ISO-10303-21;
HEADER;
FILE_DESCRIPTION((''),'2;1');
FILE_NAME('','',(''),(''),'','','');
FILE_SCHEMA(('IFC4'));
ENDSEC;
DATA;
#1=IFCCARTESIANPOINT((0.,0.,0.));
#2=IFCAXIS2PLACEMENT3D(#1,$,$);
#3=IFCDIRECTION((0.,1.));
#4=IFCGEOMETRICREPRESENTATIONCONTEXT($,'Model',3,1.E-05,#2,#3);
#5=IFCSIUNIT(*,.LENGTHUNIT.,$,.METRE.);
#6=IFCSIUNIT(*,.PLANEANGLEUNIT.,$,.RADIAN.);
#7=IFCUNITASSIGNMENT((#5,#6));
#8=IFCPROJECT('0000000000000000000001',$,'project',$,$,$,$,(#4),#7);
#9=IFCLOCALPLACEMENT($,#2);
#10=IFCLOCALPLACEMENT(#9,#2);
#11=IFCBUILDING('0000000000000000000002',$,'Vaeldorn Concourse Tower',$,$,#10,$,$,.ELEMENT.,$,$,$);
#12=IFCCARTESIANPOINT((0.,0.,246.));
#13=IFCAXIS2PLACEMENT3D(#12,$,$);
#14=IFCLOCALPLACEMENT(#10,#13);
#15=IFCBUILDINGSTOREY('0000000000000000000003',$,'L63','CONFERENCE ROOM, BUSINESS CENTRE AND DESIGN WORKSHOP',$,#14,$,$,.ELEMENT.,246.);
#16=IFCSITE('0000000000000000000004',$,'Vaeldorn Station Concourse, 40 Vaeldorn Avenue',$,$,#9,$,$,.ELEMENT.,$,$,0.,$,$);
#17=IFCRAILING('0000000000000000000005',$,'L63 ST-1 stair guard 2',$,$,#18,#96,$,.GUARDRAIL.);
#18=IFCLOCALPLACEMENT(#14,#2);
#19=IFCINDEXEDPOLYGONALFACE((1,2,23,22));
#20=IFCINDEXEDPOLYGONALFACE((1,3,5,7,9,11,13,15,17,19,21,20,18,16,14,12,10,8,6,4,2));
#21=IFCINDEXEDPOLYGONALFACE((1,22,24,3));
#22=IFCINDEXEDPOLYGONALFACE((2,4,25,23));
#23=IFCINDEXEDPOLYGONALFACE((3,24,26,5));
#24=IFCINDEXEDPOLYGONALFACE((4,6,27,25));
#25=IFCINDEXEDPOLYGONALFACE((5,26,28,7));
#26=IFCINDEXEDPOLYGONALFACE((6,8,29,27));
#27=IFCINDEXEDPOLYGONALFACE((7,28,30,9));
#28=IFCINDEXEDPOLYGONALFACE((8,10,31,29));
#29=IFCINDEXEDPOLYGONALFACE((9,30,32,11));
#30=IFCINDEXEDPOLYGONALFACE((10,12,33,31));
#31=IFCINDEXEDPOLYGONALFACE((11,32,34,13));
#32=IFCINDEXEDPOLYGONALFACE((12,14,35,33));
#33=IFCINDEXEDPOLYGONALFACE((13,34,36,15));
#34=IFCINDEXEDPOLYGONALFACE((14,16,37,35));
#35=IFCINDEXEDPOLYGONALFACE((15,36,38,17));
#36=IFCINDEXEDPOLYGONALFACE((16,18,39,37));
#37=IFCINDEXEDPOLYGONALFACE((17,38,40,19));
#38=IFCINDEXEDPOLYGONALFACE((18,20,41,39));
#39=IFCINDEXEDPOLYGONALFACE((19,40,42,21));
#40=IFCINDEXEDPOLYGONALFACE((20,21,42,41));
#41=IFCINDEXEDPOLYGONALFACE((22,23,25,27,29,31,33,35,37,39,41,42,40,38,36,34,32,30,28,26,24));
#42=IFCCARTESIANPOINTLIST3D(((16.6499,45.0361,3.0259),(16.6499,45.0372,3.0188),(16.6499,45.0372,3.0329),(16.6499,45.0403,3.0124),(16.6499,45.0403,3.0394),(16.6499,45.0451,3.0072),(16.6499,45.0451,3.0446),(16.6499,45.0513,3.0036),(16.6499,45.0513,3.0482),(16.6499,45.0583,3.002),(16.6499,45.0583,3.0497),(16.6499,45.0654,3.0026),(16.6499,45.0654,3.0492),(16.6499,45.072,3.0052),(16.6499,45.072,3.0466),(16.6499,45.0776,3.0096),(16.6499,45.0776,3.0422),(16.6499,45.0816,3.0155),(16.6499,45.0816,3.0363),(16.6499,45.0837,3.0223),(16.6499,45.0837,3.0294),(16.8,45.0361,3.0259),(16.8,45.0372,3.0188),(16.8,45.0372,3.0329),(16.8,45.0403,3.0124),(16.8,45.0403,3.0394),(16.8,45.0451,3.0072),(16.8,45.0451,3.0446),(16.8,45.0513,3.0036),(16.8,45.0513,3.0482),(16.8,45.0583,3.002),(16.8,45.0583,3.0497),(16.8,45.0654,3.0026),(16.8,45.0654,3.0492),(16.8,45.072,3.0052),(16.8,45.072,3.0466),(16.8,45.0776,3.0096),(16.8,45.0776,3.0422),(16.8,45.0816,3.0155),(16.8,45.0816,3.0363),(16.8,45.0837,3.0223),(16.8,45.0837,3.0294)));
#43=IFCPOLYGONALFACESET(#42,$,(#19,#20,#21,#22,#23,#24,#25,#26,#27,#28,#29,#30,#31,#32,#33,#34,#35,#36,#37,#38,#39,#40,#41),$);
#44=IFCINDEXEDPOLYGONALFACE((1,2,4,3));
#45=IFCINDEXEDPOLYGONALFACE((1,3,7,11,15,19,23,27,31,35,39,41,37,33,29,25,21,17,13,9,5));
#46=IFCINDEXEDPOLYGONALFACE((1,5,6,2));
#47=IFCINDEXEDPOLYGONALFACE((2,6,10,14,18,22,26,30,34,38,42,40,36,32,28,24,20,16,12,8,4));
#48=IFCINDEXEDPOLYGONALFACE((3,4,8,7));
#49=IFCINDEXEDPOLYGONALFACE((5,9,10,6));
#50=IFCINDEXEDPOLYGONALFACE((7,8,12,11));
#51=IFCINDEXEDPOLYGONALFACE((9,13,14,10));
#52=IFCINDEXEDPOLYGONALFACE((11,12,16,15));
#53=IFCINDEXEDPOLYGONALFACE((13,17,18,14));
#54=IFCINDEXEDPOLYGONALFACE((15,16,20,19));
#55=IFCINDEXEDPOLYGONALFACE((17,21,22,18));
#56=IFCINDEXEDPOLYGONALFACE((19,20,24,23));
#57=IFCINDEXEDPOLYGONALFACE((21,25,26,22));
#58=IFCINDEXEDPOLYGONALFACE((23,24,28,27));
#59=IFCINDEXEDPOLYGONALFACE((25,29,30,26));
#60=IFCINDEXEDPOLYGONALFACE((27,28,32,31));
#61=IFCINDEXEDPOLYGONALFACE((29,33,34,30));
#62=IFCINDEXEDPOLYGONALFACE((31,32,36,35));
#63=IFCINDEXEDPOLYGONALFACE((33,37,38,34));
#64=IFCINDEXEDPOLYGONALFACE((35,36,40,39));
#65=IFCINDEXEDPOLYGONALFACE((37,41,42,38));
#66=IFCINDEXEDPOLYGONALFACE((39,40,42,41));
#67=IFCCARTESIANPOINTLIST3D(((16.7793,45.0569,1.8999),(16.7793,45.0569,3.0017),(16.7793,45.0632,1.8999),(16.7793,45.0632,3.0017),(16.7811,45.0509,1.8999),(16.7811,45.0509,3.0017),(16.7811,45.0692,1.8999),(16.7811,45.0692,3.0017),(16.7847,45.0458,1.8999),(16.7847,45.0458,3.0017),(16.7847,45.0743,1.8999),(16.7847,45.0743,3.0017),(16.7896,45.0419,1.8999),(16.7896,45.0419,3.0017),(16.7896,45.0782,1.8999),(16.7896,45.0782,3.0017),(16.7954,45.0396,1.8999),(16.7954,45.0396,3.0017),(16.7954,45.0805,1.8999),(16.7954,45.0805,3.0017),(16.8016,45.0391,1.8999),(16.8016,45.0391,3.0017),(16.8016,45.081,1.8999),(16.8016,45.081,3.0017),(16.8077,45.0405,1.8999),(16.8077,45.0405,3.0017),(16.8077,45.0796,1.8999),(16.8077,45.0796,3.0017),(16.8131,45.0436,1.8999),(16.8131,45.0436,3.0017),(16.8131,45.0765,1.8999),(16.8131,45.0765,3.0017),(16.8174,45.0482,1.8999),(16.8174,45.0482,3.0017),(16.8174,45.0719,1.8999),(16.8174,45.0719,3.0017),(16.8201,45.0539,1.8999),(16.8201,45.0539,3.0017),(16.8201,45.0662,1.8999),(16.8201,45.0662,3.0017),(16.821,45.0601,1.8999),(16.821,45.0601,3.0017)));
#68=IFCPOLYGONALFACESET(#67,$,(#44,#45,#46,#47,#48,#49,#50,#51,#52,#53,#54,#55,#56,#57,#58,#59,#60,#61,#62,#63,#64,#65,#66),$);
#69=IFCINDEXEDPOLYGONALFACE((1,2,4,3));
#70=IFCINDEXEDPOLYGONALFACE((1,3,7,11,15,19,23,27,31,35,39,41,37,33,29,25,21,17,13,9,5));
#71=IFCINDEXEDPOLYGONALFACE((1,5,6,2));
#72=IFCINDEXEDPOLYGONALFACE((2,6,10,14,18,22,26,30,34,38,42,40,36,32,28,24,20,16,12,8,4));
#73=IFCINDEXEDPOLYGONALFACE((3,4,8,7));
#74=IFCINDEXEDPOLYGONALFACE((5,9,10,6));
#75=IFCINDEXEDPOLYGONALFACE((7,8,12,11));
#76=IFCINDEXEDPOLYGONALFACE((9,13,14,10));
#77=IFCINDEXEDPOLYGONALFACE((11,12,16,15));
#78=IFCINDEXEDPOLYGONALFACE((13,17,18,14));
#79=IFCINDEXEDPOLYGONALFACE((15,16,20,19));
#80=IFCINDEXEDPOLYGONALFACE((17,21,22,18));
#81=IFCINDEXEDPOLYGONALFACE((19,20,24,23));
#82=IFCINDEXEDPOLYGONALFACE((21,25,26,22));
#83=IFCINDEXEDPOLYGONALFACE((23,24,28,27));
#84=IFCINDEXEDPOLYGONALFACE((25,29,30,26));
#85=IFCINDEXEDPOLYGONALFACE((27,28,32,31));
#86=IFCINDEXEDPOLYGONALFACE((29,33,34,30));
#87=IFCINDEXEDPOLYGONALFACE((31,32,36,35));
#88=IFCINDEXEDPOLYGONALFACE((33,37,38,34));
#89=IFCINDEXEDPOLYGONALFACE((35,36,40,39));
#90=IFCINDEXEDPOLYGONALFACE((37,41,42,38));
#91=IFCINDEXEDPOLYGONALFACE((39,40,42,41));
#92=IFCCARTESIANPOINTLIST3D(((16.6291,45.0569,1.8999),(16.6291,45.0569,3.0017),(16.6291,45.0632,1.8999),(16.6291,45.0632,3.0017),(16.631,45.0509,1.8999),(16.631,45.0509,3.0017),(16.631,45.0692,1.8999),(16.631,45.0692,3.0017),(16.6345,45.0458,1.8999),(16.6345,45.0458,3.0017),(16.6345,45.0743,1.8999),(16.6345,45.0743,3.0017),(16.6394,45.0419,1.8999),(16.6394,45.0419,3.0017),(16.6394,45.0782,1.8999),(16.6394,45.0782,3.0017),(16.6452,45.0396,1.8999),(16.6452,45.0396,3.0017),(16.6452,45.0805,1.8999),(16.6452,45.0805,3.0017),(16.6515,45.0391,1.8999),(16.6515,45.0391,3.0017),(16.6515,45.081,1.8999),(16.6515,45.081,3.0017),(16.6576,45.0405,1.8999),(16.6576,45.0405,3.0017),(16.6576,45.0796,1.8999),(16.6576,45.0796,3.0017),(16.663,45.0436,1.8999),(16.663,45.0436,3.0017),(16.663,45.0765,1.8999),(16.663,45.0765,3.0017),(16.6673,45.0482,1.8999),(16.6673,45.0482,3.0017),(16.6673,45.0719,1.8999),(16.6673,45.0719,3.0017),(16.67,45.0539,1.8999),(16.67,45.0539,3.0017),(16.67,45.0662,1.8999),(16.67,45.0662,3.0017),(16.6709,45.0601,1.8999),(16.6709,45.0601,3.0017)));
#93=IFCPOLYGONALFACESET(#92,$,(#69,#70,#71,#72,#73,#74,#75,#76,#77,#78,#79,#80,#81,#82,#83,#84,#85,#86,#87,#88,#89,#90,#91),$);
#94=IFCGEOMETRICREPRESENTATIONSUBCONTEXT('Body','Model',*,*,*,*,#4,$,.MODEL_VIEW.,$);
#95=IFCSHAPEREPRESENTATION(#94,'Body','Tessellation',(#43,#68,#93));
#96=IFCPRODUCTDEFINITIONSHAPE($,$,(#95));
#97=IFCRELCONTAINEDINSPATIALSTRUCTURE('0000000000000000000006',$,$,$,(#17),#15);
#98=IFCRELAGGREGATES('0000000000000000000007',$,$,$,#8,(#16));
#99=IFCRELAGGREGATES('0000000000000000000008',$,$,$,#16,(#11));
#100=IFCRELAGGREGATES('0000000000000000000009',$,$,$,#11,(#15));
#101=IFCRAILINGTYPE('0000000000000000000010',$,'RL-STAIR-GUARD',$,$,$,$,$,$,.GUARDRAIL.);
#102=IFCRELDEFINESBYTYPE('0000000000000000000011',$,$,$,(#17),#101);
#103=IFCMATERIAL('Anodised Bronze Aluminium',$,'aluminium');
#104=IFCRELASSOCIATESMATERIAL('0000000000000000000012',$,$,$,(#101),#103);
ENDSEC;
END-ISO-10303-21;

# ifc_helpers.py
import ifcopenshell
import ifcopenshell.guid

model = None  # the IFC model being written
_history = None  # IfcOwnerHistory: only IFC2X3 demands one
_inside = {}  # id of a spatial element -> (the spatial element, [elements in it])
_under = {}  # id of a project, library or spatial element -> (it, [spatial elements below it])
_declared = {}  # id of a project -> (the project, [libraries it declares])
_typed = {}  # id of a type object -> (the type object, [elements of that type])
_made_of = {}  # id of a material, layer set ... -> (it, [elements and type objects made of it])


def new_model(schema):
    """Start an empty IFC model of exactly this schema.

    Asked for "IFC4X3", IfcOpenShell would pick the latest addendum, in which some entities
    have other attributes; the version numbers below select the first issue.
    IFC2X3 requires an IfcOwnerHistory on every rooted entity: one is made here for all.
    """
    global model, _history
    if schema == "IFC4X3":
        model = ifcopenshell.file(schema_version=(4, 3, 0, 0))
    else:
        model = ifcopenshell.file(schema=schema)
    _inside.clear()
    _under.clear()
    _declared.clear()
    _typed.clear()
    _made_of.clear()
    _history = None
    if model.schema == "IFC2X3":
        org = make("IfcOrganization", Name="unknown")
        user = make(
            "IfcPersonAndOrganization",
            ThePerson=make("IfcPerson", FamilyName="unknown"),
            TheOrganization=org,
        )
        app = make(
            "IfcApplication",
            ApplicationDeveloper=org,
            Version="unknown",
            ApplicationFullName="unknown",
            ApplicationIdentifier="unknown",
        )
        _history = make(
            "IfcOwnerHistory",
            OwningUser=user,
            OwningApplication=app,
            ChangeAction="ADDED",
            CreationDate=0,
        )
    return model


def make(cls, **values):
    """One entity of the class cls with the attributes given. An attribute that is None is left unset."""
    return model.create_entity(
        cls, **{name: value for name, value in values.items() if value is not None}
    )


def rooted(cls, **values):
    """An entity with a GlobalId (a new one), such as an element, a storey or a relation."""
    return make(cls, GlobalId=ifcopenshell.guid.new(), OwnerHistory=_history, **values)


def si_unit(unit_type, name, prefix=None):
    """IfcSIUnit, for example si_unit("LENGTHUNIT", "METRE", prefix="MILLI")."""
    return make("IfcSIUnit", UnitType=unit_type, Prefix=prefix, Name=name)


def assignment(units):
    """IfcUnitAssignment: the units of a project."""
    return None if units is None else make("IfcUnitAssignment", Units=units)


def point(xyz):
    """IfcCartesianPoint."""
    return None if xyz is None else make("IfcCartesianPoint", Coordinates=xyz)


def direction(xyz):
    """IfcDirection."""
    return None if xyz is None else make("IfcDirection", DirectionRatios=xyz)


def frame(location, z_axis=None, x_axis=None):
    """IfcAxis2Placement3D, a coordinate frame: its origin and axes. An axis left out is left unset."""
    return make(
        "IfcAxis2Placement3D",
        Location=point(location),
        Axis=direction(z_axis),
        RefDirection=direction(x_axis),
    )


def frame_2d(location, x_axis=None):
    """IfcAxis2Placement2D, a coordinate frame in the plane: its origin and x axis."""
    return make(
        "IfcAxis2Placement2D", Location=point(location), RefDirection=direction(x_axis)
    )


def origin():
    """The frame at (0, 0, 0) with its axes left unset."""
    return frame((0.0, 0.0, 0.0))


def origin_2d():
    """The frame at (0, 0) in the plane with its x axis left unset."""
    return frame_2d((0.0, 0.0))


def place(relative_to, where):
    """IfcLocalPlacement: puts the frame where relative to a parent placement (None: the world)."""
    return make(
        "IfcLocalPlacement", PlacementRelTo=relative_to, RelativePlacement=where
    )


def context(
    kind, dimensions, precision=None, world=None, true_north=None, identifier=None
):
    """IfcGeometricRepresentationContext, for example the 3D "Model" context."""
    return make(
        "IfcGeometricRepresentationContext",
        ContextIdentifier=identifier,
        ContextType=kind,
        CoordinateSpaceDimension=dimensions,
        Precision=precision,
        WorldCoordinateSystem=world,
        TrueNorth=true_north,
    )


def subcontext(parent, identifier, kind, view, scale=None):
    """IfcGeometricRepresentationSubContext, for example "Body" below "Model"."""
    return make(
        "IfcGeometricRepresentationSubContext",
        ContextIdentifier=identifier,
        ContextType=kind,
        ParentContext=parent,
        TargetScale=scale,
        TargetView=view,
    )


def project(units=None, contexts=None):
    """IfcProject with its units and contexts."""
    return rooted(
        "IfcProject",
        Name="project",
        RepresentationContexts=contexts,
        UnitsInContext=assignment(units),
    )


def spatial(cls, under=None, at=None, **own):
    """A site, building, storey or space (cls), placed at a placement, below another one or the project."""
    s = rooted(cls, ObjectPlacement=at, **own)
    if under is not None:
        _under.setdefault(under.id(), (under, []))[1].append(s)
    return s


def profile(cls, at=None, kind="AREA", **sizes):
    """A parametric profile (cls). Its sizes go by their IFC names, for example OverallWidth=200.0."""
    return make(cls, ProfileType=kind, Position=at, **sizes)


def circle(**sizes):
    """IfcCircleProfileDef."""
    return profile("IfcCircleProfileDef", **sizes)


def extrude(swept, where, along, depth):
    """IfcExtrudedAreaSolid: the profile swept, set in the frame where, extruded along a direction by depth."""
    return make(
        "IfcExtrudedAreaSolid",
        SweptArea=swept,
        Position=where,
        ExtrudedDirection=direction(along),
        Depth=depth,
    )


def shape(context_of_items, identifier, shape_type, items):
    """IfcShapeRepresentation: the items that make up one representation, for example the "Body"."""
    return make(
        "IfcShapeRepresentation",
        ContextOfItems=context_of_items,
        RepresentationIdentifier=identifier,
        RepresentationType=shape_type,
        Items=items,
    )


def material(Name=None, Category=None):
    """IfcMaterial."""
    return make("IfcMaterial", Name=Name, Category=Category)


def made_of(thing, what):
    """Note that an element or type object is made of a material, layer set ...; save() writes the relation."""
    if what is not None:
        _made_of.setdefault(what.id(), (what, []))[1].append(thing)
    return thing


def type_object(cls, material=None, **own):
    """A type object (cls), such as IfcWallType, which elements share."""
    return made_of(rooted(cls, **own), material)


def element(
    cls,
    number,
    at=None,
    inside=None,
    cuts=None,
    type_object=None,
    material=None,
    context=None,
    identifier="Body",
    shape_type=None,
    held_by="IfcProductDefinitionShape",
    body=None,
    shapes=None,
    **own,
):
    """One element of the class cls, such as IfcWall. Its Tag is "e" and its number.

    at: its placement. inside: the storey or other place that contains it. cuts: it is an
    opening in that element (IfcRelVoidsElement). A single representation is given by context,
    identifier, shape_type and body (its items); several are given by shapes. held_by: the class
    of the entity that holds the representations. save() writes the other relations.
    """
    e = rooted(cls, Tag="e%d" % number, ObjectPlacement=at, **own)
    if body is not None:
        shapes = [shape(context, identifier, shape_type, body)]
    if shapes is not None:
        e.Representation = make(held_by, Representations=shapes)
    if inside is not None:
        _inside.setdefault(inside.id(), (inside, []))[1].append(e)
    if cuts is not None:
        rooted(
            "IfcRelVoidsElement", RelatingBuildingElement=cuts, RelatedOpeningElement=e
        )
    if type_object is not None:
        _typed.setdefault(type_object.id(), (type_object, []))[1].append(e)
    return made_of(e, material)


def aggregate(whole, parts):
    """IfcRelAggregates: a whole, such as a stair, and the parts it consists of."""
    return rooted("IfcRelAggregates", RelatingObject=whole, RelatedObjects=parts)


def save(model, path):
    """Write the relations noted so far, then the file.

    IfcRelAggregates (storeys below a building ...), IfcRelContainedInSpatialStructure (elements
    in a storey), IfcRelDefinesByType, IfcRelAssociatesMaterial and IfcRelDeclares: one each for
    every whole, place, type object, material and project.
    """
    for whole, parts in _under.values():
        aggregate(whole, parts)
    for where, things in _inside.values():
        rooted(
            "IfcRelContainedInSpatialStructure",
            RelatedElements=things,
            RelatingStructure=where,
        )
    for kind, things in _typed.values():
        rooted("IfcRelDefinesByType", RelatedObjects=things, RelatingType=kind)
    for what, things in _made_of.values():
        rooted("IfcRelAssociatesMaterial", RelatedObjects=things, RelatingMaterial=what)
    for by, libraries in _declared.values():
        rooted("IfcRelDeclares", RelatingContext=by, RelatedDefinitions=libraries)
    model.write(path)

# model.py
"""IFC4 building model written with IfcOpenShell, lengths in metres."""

from ifc_helpers import new_model, si_unit, direction, frame, origin, origin_2d, place, context, subcontext, project, spatial, circle, extrude, material, type_object, element, save


model = new_model("IFC4")

# Units and contexts
model_context = context("Model", 3, precision=1e-05, world=origin(), true_north=direction((0.0, 1.0)))
body_context = subcontext(model_context, "Body", "Model", "MODEL_VIEW")
ifc_project = project(units=[si_unit("LENGTHUNIT", "METRE"), si_unit("PLANEANGLEUNIT", "RADIAN")], contexts=[model_context])

# Site, building, storey
site_placement = place(None, origin())
site = spatial("IfcSite", under=ifc_project, at=site_placement, Name="Vaeldorn Station Concourse, 40 Vaeldorn Avenue", CompositionType="ELEMENT", RefElevation=0.0)
building_placement = place(site_placement, origin())
building = spatial("IfcBuilding", under=site, at=building_placement, Name="Vaeldorn Concourse Tower", CompositionType="ELEMENT")
storey_placement = place(building_placement, frame((0.0, 0.0, 246.0)))
storey = spatial("IfcBuildingStorey", under=building, at=storey_placement, Name="L63", Description="CONFERENCE ROOM, BUSINESS CENTRE AND DESIGN WORKSHOP", CompositionType="ELEMENT", Elevation=246.0)

# Shared definitions
ifc_material_1 = material(Name="Anodised Bronze Aluminium", Category="aluminium")

# Railing
railing_type_1 = type_object("IfcRailingType", Name="RL-STAIR-GUARD", PredefinedType="GUARDRAIL", material=ifc_material_1)
railing_1_placement = place(storey_placement, frame((16.8, 45.0601, 1.8999)))
element("IfcRailing", 1, at=railing_1_placement, inside=storey, type_object=railing_type_1, Name="L63 ST-1 stair guard 2", PredefinedType="GUARDRAIL", context=body_context, shape_type="SweptSolid", body=[
    extrude(circle(Radius=0.0239, at=origin_2d()), frame((0.0, 0.0, 1.126), z_axis=(-1.0, 0.0, 0.0), x_axis=(0.0, -1.0, 0.0)), (0.0, 0.0, 1.0), 0.1501),
    extrude(circle(Radius=0.021, at=origin_2d()), origin(), (0.0, 0.0, 1.0), 1.1018),
    extrude(circle(Radius=0.021, at=origin_2d()), frame((-0.1501, 0.0, 0.0)), (0.0, 0.0, 1.0), 1.1018),
])

save(model, "model.ifc")
